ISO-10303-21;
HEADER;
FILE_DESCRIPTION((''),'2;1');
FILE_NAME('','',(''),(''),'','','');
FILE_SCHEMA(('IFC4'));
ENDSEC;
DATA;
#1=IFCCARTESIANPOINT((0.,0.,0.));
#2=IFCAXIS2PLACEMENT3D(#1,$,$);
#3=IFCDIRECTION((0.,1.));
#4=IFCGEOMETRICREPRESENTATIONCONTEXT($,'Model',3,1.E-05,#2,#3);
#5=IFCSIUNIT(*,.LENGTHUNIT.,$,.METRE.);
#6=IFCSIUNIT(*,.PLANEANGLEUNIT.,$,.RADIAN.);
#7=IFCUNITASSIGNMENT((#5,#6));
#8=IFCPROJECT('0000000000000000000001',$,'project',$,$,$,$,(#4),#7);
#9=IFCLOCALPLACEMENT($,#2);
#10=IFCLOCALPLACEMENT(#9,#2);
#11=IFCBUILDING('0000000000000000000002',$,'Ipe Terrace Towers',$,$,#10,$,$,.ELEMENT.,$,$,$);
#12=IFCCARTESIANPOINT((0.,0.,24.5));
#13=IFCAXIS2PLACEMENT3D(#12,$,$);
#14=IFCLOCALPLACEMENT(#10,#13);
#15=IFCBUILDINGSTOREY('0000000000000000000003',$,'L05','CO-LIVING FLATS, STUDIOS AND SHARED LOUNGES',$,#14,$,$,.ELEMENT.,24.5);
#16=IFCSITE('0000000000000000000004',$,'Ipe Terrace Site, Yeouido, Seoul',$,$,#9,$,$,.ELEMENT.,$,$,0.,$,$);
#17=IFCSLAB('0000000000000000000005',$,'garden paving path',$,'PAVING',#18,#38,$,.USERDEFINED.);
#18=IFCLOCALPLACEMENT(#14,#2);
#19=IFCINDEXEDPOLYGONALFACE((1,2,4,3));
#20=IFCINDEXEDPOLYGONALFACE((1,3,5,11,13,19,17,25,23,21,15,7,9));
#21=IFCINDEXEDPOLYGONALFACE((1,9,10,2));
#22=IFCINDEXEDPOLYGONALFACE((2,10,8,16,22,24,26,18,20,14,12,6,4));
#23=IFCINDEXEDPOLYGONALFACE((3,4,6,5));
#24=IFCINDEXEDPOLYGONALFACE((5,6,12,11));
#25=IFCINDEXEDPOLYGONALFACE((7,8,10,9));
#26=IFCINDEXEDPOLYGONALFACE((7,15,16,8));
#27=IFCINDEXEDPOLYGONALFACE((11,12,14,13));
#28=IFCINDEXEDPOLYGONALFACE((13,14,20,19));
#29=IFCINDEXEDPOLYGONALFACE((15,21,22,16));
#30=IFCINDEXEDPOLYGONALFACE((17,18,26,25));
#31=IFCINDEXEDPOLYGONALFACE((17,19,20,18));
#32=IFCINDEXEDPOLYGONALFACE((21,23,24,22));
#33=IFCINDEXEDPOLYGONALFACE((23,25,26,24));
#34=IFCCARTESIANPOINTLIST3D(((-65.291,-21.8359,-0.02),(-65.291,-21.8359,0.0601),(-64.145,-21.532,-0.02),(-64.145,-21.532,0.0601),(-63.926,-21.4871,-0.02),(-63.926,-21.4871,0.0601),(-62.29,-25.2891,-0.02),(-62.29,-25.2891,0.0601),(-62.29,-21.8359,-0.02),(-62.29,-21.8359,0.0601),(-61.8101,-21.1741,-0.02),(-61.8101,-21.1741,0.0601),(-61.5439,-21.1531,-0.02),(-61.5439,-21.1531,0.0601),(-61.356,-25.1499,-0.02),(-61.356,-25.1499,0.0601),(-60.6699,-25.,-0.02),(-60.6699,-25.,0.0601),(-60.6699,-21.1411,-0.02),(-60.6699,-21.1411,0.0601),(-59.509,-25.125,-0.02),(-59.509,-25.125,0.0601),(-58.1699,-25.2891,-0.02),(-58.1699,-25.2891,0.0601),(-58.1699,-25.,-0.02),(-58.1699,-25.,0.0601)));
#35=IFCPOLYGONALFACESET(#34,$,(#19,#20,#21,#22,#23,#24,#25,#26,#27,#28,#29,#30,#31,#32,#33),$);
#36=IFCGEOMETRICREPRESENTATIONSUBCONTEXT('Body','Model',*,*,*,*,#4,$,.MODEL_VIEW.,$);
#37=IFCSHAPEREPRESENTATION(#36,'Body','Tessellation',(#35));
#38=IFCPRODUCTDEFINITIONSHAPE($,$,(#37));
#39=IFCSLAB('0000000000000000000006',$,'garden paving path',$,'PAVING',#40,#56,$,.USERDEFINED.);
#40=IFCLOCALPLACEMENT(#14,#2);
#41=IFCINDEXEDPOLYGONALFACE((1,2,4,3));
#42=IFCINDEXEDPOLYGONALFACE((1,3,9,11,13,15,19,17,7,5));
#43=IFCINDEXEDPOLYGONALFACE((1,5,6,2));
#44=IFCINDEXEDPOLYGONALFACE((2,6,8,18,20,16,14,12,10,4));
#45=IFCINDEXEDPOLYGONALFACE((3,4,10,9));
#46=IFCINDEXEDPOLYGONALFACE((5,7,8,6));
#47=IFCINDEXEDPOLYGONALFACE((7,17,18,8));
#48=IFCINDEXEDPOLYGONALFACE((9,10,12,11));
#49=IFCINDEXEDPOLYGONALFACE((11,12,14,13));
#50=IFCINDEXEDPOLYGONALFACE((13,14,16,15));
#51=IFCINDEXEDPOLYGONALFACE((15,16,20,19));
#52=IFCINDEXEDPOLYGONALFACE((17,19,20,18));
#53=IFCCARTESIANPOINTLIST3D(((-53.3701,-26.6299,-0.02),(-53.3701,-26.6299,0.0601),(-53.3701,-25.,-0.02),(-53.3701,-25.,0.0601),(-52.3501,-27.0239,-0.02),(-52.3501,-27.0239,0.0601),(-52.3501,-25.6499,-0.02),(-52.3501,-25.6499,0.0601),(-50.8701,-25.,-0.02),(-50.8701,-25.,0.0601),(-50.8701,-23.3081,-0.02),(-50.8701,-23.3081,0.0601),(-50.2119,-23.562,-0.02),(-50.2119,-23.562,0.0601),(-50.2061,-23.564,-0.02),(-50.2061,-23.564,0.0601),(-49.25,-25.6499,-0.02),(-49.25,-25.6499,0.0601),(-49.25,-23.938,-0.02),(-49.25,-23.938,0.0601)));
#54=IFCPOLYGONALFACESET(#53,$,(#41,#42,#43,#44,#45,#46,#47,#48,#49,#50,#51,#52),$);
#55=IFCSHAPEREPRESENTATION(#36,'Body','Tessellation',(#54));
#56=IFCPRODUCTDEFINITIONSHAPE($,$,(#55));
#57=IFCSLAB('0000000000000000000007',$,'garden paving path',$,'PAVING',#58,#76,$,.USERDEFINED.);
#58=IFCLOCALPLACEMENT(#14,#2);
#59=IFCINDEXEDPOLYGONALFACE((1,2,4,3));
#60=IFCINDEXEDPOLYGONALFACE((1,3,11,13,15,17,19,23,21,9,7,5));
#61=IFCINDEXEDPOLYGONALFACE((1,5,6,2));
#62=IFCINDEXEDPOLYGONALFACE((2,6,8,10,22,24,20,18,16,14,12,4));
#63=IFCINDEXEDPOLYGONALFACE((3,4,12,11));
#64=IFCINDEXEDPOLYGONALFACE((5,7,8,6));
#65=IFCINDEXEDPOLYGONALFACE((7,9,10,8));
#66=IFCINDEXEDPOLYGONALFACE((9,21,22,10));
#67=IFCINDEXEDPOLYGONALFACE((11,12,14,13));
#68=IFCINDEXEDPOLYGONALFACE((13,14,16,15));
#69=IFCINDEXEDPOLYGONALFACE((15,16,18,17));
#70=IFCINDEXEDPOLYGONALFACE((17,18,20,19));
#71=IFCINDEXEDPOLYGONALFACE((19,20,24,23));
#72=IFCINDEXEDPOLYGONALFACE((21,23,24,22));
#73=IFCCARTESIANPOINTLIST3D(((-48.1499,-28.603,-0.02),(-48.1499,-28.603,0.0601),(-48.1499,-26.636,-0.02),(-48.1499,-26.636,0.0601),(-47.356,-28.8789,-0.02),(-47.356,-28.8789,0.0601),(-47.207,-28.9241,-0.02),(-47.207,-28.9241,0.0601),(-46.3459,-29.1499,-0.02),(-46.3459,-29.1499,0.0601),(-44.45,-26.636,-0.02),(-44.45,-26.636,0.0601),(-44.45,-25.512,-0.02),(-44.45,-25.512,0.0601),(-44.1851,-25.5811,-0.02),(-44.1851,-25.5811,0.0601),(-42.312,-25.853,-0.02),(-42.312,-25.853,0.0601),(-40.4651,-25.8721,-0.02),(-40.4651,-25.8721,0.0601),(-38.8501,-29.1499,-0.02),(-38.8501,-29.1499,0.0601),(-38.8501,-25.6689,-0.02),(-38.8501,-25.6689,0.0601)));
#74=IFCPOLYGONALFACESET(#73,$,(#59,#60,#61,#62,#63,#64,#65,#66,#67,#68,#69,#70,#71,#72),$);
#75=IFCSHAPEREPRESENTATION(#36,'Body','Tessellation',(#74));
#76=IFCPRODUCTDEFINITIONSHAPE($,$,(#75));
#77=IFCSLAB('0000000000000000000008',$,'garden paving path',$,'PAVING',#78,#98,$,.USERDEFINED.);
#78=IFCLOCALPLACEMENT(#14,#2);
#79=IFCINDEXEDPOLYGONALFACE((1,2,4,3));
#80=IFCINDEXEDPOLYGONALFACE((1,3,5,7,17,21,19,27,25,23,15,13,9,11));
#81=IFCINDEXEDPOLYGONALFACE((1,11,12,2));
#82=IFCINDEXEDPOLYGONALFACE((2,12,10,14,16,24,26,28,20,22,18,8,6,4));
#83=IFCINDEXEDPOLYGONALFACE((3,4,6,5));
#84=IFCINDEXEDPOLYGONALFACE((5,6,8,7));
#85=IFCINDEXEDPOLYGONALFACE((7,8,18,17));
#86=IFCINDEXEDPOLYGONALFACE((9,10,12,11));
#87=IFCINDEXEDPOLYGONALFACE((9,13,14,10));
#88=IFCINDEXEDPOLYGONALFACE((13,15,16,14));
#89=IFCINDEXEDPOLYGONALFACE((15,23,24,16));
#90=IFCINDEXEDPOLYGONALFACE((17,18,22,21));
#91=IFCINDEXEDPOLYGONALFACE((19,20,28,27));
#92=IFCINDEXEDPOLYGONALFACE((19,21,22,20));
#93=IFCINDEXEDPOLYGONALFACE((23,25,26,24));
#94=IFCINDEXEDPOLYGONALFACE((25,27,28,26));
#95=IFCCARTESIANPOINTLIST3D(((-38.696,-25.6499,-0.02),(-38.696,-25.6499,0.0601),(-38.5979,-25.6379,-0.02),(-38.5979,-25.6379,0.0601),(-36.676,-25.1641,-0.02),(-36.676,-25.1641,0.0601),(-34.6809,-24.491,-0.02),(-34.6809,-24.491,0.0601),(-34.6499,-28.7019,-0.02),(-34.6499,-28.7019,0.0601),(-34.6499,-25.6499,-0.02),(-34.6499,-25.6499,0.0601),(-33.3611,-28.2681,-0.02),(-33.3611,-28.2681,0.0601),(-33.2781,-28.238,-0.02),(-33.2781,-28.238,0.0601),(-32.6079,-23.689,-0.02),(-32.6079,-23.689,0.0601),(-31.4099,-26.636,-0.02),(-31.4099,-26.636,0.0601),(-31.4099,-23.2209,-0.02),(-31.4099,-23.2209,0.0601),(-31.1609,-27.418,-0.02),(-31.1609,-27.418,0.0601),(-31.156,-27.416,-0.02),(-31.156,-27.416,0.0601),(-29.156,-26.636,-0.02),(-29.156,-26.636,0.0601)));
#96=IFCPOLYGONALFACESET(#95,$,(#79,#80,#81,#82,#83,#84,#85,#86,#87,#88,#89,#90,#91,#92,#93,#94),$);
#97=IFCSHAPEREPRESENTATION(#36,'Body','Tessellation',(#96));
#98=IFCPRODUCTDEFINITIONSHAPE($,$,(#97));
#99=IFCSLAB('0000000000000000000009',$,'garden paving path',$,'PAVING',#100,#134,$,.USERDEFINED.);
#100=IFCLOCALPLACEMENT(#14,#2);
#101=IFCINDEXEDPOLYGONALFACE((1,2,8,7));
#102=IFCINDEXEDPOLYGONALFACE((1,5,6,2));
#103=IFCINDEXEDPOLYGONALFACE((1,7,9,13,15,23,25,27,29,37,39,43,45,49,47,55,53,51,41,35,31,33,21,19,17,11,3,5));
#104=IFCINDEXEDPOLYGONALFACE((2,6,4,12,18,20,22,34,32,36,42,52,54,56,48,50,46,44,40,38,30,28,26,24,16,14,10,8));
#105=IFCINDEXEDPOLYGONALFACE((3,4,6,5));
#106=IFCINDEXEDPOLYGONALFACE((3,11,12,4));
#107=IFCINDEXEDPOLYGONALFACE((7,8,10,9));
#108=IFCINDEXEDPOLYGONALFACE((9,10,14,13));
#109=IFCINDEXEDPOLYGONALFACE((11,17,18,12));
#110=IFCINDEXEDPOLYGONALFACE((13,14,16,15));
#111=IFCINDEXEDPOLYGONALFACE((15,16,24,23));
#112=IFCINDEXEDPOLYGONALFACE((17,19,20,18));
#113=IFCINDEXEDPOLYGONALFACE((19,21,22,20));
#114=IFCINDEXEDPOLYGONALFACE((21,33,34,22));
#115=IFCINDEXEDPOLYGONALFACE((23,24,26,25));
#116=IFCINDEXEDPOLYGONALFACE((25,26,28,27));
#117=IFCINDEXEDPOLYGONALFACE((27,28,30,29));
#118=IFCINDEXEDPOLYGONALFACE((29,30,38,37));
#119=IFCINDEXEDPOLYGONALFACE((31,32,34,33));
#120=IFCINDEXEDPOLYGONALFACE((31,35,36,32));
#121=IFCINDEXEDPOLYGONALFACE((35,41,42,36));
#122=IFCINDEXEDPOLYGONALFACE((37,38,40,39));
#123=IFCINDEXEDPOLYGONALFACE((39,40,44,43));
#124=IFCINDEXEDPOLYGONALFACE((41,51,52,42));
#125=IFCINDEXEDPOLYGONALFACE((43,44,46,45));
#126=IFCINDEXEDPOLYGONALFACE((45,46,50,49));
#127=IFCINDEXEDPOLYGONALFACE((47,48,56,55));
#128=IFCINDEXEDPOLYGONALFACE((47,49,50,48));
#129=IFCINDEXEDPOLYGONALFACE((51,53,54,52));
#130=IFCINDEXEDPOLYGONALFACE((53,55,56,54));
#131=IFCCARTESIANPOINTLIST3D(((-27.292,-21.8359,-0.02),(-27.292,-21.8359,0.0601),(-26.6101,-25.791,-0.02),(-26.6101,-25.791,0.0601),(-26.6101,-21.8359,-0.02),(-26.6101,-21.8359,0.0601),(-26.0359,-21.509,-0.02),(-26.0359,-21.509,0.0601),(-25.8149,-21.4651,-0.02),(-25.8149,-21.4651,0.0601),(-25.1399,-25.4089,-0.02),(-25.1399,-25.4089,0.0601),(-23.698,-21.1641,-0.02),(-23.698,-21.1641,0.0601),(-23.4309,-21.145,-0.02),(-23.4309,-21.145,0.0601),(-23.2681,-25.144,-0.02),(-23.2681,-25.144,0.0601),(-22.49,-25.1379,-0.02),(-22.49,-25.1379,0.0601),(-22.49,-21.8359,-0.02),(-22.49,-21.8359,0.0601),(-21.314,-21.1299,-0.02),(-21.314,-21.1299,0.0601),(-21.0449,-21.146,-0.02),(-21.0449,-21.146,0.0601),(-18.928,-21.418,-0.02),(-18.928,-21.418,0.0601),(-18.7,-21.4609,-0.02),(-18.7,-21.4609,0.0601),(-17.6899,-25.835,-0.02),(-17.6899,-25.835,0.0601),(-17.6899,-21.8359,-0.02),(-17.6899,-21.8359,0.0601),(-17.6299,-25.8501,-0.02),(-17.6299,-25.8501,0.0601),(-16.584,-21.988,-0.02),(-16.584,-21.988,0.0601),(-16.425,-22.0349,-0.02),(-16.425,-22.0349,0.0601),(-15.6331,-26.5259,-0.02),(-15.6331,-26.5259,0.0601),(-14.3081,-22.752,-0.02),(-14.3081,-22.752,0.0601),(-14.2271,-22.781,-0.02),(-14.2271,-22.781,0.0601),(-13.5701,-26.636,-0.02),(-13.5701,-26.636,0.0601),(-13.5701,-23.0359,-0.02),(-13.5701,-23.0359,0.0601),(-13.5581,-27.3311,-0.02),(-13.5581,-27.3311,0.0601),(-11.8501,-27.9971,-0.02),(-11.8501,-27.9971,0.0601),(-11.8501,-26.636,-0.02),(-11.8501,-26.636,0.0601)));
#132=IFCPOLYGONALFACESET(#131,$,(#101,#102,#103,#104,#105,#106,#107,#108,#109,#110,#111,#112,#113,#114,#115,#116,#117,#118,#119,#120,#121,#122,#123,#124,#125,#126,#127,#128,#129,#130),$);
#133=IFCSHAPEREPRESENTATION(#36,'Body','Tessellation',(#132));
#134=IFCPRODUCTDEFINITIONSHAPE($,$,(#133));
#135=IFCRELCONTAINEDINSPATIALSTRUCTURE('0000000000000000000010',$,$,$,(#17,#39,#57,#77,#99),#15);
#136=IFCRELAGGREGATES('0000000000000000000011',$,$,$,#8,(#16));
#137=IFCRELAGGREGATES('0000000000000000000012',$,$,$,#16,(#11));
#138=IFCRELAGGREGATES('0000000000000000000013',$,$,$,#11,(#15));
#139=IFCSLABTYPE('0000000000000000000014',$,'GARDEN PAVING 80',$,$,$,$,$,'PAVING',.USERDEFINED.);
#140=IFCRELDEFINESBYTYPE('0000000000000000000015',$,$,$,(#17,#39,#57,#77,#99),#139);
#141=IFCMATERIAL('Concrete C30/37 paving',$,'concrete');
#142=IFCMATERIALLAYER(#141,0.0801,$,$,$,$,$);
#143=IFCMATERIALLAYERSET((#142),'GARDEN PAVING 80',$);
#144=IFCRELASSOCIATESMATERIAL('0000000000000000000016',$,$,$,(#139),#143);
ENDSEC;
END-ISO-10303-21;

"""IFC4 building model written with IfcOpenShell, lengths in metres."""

from ifc_helpers import new_model, si_unit, direction, frame, origin, place, context, subcontext, project, spatial, polyline, outline, extrude, material, layer, layer_set, type_object, element, save


model = new_model("IFC4")

# Units and contexts
model_context = context("Model", 3, precision=1e-05, world=origin(), true_north=direction((0.0, 1.0)))
body_context = subcontext(model_context, "Body", "Model", "MODEL_VIEW")
ifc_project = project(units=[si_unit("LENGTHUNIT", "METRE"), si_unit("PLANEANGLEUNIT", "RADIAN")], contexts=[model_context])

# Site, building, storey
site_placement = place(None, origin())
site = spatial("IfcSite", under=ifc_project, at=site_placement, Name="Ipe Terrace Site, Yeouido, Seoul", CompositionType="ELEMENT", RefElevation=0.0)
building_placement = place(site_placement, origin())
building = spatial("IfcBuilding", under=site, at=building_placement, Name="Ipe Terrace Towers", CompositionType="ELEMENT")
storey_placement = place(building_placement, frame((0.0, 0.0, 24.5)))
storey = spatial("IfcBuildingStorey", under=building, at=storey_placement, Name="L05", Description="CO-LIVING FLATS, STUDIOS AND SHARED LOUNGES", CompositionType="ELEMENT", Elevation=24.5)

# Slabs
ifc_material_1 = material(Name="Concrete C30/37 paving", Category="concrete")
ifc_layer_1 = layer(ifc_material_1, 0.0801)
ifc_layer_set_1 = layer_set([ifc_layer_1], Name="GARDEN PAVING 80")
slab_type_1 = type_object("IfcSlabType", Name="GARDEN PAVING 80", ElementType="PAVING", PredefinedType="USERDEFINED", material=ifc_layer_set_1)
slab_1_placement = place(storey_placement, frame((0.0, 0.0, -0.02)))
element("IfcSlab", 1, at=slab_1_placement, inside=storey, type_object=slab_type_1, Name="garden paving path", ObjectType="PAVING", PredefinedType="USERDEFINED", context=body_context, shape_type="SweptSolid", body=[
    extrude(outline(polyline([(-61.8101, -21.1741), (-61.5439, -21.1531), (-60.6699, -21.1411), (-60.6699, -25.0), (-58.1699, -25.0), (-58.1699, -25.2891), (-59.509, -25.125), (-61.356, -25.1499), (-62.29, -25.2891), (-62.29, -21.8359), (-65.291, -21.8359), (-64.145, -21.532), (-63.926, -21.4871), (-61.8101, -21.1741)])), origin(), (0.0, 0.0, 1.0), 0.0801),
])
slab_2_placement = place(storey_placement, frame((0.0, 0.0, -0.02)))
element("IfcSlab", 2, at=slab_2_placement, inside=storey, type_object=slab_type_1, Name="garden paving path", ObjectType="PAVING", PredefinedType="USERDEFINED", context=body_context, shape_type="SweptSolid", body=[
    extrude(outline(polyline([(-50.2119, -23.562), (-50.2061, -23.564), (-49.25, -23.938), (-49.25, -25.6499), (-52.3501, -25.6499), (-52.3501, -27.0239), (-53.3701, -26.6299), (-53.3701, -25.0), (-50.8701, -25.0), (-50.8701, -23.3081), (-50.2119, -23.562)])), origin(), (0.0, 0.0, 1.0), 0.0801),
])
slab_3_placement = place(storey_placement, frame((0.0, 0.0, -0.02)))
element("IfcSlab", 3, at=slab_3_placement, inside=storey, type_object=slab_type_1, Name="garden paving path", ObjectType="PAVING", PredefinedType="USERDEFINED", context=body_context, shape_type="SweptSolid", body=[
    extrude(outline(polyline([(-44.1851, -25.5811), (-42.312, -25.853), (-40.4651, -25.8721), (-38.8501, -25.6689), (-38.8501, -29.1499), (-46.3459, -29.1499), (-47.207, -28.9241), (-47.356, -28.8789), (-48.1499, -28.603), (-48.1499, -26.636), (-44.45, -26.636), (-44.45, -25.512), (-44.1851, -25.5811)])), origin(), (0.0, 0.0, 1.0), 0.0801),
])
slab_4_placement = place(storey_placement, frame((0.0, 0.0, -0.02)))
element("IfcSlab", 4, at=slab_4_placement, inside=storey, type_object=slab_type_1, Name="garden paving path", ObjectType="PAVING", PredefinedType="USERDEFINED", context=body_context, shape_type="SweptSolid", body=[
    extrude(outline(polyline([(-38.5979, -25.6379), (-36.676, -25.1641), (-34.6809, -24.491), (-32.6079, -23.689), (-31.4099, -23.2209), (-31.4099, -26.636), (-29.156, -26.636), (-31.156, -27.416), (-31.1609, -27.418), (-33.2781, -28.238), (-33.3611, -28.2681), (-34.6499, -28.7019), (-34.6499, -25.6499), (-38.696, -25.6499), (-38.5979, -25.6379)])), origin(), (0.0, 0.0, 1.0), 0.0801),
])
slab_5_placement = place(storey_placement, frame((0.0, 0.0, -0.02)))
element("IfcSlab", 5, at=slab_5_placement, inside=storey, type_object=slab_type_1, Name="garden paving path", ObjectType="PAVING", PredefinedType="USERDEFINED", context=body_context, shape_type="SweptSolid", body=[
    extrude(outline(polyline([(-26.0359, -21.509), (-25.8149, -21.4651), (-23.698, -21.1641), (-23.4309, -21.145), (-21.314, -21.1299), (-21.0449, -21.146), (-18.928, -21.418), (-18.7, -21.4609), (-16.584, -21.988), (-16.425, -22.0349), (-14.3081, -22.752), (-14.2271, -22.781), (-13.5701, -23.0359), (-13.5701, -26.636), (-11.8501, -26.636), (-11.8501, -27.9971), (-13.5581, -27.3311), (-15.6331, -26.5259), (-17.6299, -25.8501), (-17.6899, -25.835), (-17.6899, -21.8359), (-22.49, -21.8359), (-22.49, -25.1379), (-23.2681, -25.144), (-25.1399, -25.4089), (-26.6101, -25.791), (-26.6101, -21.8359), (-27.292, -21.8359), (-26.0359, -21.509)])), origin(), (0.0, 0.0, 1.0), 0.0801),
])

save(model, "model.ifc")
